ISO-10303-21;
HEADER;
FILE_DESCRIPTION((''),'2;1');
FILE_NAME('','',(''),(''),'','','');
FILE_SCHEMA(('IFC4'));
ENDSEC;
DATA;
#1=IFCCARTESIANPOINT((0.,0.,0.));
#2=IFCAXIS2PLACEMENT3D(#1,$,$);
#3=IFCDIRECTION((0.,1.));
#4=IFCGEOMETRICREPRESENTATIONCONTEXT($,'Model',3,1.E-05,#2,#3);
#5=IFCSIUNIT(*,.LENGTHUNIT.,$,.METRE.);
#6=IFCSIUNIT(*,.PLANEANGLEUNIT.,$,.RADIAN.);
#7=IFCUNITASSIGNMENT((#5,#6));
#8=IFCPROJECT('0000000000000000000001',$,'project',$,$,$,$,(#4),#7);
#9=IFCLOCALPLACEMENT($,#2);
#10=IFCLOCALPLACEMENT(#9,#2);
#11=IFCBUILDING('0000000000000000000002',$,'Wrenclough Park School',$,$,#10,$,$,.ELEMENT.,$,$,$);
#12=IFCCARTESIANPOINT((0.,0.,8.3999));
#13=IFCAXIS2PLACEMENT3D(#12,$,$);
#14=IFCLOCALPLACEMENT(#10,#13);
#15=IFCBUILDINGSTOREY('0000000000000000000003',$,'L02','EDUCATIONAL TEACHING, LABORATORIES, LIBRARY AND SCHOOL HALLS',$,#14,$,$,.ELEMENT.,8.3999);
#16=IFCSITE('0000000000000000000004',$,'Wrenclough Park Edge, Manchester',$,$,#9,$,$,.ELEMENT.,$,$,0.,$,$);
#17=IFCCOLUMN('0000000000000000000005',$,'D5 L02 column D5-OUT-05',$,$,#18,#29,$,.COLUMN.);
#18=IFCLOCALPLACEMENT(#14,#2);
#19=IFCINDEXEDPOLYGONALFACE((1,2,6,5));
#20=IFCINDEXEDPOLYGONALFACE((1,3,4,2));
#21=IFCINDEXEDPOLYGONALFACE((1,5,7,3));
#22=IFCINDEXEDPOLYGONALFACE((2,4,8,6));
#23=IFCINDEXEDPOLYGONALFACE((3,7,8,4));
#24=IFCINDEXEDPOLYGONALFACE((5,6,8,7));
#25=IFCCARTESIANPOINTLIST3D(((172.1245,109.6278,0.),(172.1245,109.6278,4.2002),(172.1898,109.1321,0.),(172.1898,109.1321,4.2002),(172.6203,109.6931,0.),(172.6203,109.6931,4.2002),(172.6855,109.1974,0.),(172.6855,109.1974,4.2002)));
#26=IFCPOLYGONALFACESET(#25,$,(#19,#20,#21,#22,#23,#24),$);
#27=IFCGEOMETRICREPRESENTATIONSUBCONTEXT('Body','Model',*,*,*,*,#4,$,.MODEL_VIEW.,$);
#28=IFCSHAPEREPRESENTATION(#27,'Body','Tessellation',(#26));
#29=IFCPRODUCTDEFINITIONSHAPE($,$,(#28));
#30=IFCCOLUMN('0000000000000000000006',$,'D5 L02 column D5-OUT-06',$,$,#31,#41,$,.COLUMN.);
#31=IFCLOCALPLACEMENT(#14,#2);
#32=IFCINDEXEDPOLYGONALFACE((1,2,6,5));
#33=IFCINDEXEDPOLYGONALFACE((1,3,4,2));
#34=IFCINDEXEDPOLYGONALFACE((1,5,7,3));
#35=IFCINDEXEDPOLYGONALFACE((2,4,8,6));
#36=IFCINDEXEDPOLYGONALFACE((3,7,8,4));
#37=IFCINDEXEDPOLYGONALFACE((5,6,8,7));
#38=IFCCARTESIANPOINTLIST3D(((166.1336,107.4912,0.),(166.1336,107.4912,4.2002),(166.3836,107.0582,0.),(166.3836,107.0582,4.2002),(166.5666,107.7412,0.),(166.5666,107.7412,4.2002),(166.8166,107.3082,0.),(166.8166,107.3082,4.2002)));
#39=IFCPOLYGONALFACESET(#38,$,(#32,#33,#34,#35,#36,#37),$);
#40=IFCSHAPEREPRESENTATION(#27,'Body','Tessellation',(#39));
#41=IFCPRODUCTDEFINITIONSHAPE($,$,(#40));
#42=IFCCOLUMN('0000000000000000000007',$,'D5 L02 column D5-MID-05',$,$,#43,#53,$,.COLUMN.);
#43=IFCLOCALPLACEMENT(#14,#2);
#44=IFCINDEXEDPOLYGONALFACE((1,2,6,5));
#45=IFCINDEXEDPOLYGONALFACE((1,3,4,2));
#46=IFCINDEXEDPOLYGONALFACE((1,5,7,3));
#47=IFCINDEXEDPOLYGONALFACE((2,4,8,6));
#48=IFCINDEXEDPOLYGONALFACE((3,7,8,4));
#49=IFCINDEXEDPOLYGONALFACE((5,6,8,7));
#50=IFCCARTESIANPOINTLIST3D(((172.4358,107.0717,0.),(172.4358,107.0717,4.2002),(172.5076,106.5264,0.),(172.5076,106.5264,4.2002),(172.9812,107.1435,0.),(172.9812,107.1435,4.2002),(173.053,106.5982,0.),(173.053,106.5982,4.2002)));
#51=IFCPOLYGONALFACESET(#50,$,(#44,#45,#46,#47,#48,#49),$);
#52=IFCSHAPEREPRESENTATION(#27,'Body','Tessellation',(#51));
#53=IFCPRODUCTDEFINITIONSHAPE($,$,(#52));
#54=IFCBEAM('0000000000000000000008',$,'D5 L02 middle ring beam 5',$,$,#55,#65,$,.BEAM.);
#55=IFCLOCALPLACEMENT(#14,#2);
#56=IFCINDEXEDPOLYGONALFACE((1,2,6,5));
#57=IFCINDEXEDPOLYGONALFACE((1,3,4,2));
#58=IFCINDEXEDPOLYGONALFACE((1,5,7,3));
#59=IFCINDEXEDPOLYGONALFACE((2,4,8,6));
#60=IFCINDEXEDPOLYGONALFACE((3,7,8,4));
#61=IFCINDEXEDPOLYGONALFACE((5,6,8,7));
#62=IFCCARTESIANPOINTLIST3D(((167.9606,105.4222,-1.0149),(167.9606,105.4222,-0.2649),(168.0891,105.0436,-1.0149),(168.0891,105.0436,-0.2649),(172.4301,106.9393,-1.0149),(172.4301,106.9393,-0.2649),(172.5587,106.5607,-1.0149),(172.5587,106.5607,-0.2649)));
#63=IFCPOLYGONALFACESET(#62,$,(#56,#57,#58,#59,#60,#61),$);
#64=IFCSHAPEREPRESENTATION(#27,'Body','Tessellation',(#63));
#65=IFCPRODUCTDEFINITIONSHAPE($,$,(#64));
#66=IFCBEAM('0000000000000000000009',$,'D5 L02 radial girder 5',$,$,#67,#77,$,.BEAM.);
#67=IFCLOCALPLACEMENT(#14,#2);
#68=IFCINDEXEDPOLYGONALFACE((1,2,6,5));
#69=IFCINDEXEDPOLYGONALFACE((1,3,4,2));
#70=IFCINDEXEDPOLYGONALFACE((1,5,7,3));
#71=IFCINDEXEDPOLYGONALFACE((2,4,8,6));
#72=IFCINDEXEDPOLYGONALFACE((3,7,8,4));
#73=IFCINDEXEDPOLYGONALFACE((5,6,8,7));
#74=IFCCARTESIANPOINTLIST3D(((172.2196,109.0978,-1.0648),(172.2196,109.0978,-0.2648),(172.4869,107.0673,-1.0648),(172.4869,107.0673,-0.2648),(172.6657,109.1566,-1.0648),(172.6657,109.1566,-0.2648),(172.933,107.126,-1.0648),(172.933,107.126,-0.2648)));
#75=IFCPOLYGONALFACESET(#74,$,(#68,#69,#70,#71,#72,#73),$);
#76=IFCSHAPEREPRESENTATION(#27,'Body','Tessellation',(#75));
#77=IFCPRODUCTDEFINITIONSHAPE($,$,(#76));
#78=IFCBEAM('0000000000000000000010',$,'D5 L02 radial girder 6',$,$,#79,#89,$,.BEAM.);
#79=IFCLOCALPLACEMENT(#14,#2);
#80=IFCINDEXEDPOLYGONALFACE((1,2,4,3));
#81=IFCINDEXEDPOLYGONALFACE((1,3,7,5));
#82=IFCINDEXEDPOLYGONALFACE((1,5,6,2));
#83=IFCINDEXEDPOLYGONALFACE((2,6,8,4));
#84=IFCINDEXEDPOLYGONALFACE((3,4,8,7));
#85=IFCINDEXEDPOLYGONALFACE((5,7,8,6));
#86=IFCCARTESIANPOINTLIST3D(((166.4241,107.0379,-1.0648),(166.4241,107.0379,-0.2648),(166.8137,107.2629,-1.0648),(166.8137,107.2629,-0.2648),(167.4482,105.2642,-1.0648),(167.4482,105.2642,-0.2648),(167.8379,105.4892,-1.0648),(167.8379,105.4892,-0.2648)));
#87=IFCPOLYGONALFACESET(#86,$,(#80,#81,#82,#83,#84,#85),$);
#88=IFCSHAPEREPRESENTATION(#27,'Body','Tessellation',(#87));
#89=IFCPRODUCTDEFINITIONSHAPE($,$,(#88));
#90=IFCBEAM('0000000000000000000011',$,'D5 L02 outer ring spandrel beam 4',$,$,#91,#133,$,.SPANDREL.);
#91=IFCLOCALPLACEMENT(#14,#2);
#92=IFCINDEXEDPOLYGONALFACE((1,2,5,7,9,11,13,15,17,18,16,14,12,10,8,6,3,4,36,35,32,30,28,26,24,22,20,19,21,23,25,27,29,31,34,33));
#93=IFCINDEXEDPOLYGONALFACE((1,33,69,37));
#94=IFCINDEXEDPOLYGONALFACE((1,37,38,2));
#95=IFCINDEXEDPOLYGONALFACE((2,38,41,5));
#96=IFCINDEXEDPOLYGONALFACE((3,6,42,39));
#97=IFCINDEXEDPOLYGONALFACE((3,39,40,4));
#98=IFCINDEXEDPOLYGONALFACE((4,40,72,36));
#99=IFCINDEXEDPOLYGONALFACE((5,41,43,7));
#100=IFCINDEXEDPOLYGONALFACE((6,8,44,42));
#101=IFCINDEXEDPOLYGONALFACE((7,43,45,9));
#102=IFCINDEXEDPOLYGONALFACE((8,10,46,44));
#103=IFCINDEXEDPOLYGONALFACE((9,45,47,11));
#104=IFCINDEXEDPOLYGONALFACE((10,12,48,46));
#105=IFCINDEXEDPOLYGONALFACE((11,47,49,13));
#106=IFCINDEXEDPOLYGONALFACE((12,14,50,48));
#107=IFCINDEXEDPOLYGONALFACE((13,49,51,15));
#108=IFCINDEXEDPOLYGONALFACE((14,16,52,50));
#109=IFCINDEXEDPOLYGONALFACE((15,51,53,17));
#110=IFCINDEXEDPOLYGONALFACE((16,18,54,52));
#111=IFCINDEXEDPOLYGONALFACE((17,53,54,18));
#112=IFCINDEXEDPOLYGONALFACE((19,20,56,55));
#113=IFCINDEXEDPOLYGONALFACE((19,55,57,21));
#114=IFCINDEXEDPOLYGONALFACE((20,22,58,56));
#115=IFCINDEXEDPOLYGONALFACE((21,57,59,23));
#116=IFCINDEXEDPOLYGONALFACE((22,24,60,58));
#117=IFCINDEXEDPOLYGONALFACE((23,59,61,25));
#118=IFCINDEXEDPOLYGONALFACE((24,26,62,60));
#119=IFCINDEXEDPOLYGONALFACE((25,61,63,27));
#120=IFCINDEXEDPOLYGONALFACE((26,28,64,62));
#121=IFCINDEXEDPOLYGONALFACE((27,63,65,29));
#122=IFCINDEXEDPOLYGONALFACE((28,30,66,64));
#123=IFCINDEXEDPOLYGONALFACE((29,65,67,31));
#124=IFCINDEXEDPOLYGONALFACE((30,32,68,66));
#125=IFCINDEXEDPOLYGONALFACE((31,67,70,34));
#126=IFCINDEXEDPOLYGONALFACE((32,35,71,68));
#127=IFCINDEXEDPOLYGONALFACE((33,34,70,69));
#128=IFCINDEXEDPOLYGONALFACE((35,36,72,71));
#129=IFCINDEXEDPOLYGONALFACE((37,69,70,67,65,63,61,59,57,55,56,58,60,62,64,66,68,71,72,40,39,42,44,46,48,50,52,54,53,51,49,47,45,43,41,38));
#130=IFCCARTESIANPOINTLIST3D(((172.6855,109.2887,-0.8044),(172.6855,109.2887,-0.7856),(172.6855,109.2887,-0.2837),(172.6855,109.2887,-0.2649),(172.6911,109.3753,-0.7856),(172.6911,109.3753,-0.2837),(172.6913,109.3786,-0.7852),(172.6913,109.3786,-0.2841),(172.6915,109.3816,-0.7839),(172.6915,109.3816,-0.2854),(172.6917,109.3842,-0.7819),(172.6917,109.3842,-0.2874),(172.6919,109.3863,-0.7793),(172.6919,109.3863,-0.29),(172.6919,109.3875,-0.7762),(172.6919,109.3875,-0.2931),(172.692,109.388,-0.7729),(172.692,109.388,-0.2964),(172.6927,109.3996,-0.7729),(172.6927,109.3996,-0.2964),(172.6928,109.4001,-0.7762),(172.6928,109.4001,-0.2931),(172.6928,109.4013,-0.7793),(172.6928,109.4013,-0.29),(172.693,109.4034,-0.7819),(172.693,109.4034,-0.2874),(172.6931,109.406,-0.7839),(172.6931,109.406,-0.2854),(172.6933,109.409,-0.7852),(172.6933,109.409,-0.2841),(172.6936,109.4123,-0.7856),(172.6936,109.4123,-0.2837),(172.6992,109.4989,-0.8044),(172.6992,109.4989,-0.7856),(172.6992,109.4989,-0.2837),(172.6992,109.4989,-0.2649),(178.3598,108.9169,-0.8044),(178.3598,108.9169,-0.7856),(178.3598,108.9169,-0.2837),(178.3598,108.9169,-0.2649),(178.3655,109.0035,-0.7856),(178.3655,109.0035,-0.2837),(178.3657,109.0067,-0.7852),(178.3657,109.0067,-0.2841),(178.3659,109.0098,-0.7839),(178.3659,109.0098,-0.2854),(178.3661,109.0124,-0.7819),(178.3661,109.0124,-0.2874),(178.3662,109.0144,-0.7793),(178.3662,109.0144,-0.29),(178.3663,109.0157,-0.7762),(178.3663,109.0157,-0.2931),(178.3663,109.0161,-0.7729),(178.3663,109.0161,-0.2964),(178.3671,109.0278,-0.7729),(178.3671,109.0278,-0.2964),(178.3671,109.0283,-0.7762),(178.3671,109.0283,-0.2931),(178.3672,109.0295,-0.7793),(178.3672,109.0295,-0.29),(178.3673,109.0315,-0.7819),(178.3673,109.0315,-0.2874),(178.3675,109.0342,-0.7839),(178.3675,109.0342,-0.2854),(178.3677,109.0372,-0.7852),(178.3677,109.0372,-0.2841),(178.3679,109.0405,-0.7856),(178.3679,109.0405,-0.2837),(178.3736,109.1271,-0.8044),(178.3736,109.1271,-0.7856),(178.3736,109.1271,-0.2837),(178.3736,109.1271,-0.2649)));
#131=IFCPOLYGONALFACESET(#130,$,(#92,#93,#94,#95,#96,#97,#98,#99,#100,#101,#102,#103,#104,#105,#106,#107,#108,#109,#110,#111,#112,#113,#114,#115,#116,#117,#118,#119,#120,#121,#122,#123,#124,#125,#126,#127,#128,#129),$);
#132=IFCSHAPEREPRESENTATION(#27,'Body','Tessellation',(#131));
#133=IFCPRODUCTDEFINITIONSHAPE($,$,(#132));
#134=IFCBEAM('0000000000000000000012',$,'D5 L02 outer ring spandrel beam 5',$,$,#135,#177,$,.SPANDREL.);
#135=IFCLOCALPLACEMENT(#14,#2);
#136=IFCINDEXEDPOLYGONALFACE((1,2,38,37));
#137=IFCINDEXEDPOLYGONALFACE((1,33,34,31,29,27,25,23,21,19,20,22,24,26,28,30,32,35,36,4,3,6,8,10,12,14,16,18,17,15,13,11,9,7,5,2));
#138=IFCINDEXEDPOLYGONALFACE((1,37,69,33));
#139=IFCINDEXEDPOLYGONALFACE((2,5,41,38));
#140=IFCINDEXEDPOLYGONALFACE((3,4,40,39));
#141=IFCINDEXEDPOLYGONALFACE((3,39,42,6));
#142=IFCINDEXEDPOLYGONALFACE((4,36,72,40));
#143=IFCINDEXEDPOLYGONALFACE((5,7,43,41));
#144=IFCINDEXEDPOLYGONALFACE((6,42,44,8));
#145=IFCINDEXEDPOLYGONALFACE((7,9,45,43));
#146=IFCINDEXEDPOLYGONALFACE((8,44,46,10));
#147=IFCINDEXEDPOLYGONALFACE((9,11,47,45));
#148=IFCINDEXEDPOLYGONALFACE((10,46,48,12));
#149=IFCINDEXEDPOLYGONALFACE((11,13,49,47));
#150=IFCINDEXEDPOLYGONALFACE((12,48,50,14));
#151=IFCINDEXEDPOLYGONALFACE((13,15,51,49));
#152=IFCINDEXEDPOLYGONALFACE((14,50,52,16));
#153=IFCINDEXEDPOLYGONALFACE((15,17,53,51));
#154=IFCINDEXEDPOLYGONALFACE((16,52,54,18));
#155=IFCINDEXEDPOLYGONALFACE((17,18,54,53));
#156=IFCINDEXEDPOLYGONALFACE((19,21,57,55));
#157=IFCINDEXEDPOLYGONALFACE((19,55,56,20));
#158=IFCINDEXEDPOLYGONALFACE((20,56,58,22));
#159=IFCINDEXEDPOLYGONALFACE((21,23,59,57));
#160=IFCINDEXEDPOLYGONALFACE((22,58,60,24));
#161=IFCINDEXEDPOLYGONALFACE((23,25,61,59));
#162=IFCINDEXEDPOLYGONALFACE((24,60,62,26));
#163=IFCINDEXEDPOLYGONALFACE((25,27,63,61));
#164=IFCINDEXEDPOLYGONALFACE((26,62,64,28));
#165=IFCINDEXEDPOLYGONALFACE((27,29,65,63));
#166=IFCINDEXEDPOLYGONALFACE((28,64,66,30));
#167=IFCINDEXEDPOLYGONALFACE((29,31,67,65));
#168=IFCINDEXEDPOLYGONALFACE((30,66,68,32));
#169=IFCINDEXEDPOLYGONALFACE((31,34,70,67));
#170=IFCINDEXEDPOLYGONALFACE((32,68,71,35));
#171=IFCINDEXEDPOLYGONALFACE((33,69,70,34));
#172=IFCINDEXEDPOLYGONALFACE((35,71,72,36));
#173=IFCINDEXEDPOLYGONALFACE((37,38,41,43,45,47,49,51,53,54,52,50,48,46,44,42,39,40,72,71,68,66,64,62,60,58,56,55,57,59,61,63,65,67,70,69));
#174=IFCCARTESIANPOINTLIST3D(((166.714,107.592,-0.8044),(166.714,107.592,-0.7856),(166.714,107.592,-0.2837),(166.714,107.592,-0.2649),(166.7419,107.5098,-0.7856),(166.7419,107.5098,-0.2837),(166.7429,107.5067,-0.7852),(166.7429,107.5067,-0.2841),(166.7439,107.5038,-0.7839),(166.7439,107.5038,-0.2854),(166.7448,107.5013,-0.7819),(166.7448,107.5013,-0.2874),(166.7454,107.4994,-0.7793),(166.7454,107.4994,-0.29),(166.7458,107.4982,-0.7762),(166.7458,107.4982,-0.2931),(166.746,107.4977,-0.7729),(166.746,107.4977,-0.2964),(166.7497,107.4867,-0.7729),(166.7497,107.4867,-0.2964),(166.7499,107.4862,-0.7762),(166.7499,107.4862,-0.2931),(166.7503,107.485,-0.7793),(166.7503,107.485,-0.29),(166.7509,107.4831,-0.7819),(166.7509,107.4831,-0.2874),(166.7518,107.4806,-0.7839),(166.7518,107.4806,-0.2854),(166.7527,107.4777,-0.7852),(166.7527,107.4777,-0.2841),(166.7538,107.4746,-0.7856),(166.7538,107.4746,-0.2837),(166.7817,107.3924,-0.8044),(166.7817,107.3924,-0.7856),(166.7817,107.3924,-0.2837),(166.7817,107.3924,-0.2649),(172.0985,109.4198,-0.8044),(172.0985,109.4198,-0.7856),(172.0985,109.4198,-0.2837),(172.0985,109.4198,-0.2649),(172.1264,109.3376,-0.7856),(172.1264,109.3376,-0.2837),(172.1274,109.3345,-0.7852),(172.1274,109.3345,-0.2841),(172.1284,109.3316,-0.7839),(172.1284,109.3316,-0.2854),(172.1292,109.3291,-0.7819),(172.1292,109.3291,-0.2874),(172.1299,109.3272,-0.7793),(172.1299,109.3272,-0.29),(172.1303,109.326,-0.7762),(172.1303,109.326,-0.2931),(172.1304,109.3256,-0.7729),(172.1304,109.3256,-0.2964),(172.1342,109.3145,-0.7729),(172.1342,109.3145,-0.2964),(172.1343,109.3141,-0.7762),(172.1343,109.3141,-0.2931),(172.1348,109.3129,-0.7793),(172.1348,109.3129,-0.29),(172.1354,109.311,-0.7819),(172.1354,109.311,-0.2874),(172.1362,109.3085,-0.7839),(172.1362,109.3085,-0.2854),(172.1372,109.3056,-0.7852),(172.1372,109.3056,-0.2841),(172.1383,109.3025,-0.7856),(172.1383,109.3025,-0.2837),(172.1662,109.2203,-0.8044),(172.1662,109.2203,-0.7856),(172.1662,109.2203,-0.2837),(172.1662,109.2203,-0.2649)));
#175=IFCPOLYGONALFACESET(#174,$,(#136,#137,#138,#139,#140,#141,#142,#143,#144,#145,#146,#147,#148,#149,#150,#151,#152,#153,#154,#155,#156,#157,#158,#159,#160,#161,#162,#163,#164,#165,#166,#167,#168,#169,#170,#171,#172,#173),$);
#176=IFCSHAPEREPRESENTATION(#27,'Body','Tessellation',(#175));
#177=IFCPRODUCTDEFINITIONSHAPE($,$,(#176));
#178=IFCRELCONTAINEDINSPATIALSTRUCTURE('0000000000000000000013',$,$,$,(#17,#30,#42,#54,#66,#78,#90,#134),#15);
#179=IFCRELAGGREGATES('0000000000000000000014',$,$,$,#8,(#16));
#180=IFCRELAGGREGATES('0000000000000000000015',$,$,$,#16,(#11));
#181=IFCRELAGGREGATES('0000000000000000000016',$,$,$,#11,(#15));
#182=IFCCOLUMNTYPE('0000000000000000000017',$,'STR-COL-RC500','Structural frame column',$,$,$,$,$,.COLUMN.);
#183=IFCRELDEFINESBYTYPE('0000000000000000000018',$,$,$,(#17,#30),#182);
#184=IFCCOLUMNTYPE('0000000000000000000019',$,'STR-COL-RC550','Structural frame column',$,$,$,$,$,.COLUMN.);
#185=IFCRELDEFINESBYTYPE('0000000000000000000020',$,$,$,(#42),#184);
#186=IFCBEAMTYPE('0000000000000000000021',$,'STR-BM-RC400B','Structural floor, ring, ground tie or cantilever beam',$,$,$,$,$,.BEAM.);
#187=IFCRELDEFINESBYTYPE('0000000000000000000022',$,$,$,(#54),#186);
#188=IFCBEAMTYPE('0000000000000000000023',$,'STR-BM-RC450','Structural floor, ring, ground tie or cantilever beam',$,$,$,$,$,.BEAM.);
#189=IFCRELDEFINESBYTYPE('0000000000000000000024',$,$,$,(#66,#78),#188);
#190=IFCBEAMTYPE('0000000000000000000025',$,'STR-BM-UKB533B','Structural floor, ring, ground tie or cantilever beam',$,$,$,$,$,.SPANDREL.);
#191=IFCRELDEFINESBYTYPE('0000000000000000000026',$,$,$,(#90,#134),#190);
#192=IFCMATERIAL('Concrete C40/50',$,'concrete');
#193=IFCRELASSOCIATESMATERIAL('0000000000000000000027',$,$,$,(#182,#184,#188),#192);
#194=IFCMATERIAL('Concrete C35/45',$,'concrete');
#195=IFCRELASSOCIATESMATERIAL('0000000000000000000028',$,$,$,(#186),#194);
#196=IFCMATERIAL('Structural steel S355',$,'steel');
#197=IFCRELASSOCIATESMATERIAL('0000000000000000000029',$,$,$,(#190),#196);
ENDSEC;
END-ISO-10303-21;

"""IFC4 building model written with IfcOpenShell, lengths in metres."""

from ifc_helpers import new_model, si_unit, direction, frame, origin, origin_2d, place, context, subcontext, project, spatial, rectangle, i_section, extrude, material, material_profile, profile_set, type_object, element, save


model = new_model("IFC4")

# Units and contexts
model_context = context("Model", 3, precision=1e-05, world=origin(), true_north=direction((0.0, 1.0)))
body_context = subcontext(model_context, "Body", "Model", "MODEL_VIEW")
ifc_project = project(units=[si_unit("LENGTHUNIT", "METRE"), si_unit("PLANEANGLEUNIT", "RADIAN")], contexts=[model_context])

# Site, building, storey
site_placement = place(None, origin())
site = spatial("IfcSite", under=ifc_project, at=site_placement, Name="Wrenclough Park Edge, Manchester", CompositionType="ELEMENT", RefElevation=0.0)
building_placement = place(site_placement, origin())
building = spatial("IfcBuilding", under=site, at=building_placement, Name="Wrenclough Park School", CompositionType="ELEMENT")
storey_placement = place(building_placement, frame((0.0, 0.0, 8.3999)))
storey = spatial("IfcBuildingStorey", under=building, at=storey_placement, Name="L02", Description="EDUCATIONAL TEACHING, LABORATORIES, LIBRARY AND SCHOOL HALLS", CompositionType="ELEMENT", Elevation=8.3999)

# Columns
ifc_material_1 = material(Name="Concrete C40/50", Category="concrete")
ifc_material_profile_1 = material_profile(ifc_material_1, rectangle(XDim=0.5, YDim=0.5, at=origin_2d()), Name="RC COL 500x500")
ifc_profile_set_1 = profile_set([ifc_material_profile_1], Name="Concrete C40/50")
column_type_1 = type_object("IfcColumnType", Name="STR-COL-RC500", Description="Structural frame column", PredefinedType="COLUMN", material=ifc_profile_set_1)
for number, where, z_axis, x_axis, name in (
    (1, (172.405, 109.4126, 0.0), (0.0, 0.0, 1.0), (-0.991445, -0.130526, 0.0), "D5 L02 column D5-OUT-05"),
    (2, (166.4751, 107.3997, 0.0), (0.0, 0.0, 1.0), (-0.866025, -0.5, 0.0), "D5 L02 column D5-OUT-06"),
):
    element("IfcColumn", number, at=place(storey_placement, frame(where, z_axis=z_axis, x_axis=x_axis)), inside=storey, type_object=column_type_1, Name=name, PredefinedType="COLUMN", context=body_context, shape_type="SweptSolid", body=[
        extrude(rectangle(XDim=0.5, YDim=0.5, at=origin_2d()), origin(), (0.0, 0.0, 1.0), 4.2002),
    ])
ifc_material_profile_2 = material_profile(ifc_material_1, rectangle(XDim=0.55, YDim=0.55, at=origin_2d()), Name="RC COL 550x550")
ifc_profile_set_2 = profile_set([ifc_material_profile_2], Name="Concrete C40/50")
column_type_2 = type_object("IfcColumnType", Name="STR-COL-RC550", Description="Structural frame column", PredefinedType="COLUMN", material=ifc_profile_set_2)
column_placement = place(storey_placement, frame((172.7444, 106.835, 0.0), z_axis=(0.0, 0.0, 1.0), x_axis=(-0.991445, -0.130526, 0.0)))
element("IfcColumn", 3, at=column_placement, inside=storey, type_object=column_type_2, Name="D5 L02 column D5-MID-05", PredefinedType="COLUMN", context=body_context, shape_type="SweptSolid", body=[
    extrude(rectangle(XDim=0.55, YDim=0.55, at=origin_2d()), origin(), (0.0, 0.0, 1.0), 4.2002),
])

# Beams
ifc_material_2 = material(Name="Concrete C35/45", Category="concrete")
ifc_material_profile_3 = material_profile(ifc_material_2, rectangle(XDim=0.3999, YDim=0.75, at=origin_2d()), Name="RC BEAM 400x750")
ifc_profile_set_3 = profile_set([ifc_material_profile_3], Name="Concrete C35/45")
beam_type_1 = type_object("IfcBeamType", Name="STR-BM-RC400B", Description="Structural floor, ring, ground tie or cantilever beam", PredefinedType="BEAM", material=ifc_profile_set_3)
beam_1_placement = place(storey_placement, frame((172.4944, 106.75, -0.6399), z_axis=(-0.946936, -0.321421, 0.0), x_axis=(0.321421, -0.946936, 0.0)))
element("IfcBeam", 4, at=beam_1_placement, inside=storey, type_object=beam_type_1, Name="D5 L02 middle ring beam 5", PredefinedType="BEAM", context=body_context, shape_type="SweptSolid", body=[
    extrude(rectangle(XDim=0.3999, YDim=0.75, at=origin_2d()), origin(), (0.0, 0.0, 1.0), 4.72),
])
ifc_material_profile_4 = material_profile(ifc_material_1, rectangle(XDim=0.45, YDim=0.8, at=origin_2d()), Name="RC BEAM 450x800")
ifc_profile_set_4 = profile_set([ifc_material_profile_4], Name="Concrete C40/50")
beam_type_2 = type_object("IfcBeamType", Name="STR-BM-RC450", Description="Structural floor, ring, ground tie or cantilever beam", PredefinedType="BEAM", material=ifc_profile_set_4)
for number, where, z_axis, x_axis, name in (
    (5, (172.4426, 109.1272, -0.6648), (0.130532, -0.991444, 0.0), (0.991444, 0.130532, 0.0), "D5 L02 radial girder 5"),
    (6, (166.6189, 107.1504, -0.6648), (0.500049, -0.865997, 0.0), (0.865997, 0.500049, 0.0), "D5 L02 radial girder 6"),
):
    element("IfcBeam", number, at=place(storey_placement, frame(where, z_axis=z_axis, x_axis=x_axis)), inside=storey, type_object=beam_type_2, Name=name, PredefinedType="BEAM", context=body_context, shape_type="SweptSolid", body=[
        extrude(rectangle(XDim=0.45, YDim=0.8, at=origin_2d()), origin(), (0.0, 0.0, 1.0), 2.0481),
    ])
ifc_material_3 = material(Name="Structural steel S355", Category="steel")
ifc_material_profile_5 = material_profile(ifc_material_3, i_section(OverallWidth=0.2107, OverallDepth=0.5396, WebThickness=0.0117, FlangeThickness=0.0188, FilletRadius=0.0127, at=origin_2d()), Name="UKB 533x210x109")
ifc_profile_set_5 = profile_set([ifc_material_profile_5], Name="Structural steel S355")
beam_type_3 = type_object("IfcBeamType", Name="STR-BM-UKB533B", Description="Structural floor, ring, ground tie or cantilever beam", PredefinedType="SPANDREL", material=ifc_profile_set_5)
beam_2_placement = place(storey_placement, frame((178.3667, 109.022, -0.5347), z_axis=(-0.99786, 0.065388, 0.0), x_axis=(-0.065388, -0.99786, 0.0)))
element("IfcBeam", 7, at=beam_2_placement, inside=storey, type_object=beam_type_3, Name="D5 L02 outer ring spandrel beam 4", PredefinedType="SPANDREL", context=body_context, shape_type="SweptSolid", body=[
    extrude(i_section(OverallWidth=0.2107, OverallDepth=0.5396, WebThickness=0.0117, FlangeThickness=0.0188, FilletRadius=0.0127, at=origin_2d()), origin(), (0.0, 0.0, 1.0), 5.6865),
])
beam_3_placement = place(storey_placement, frame((172.1323, 109.3201, -0.5347), z_axis=(-0.946926, -0.321452, 0.0), x_axis=(0.321452, -0.946926, 0.0)))
element("IfcBeam", 8, at=beam_3_placement, inside=storey, type_object=beam_type_3, Name="D5 L02 outer ring spandrel beam 5", PredefinedType="SPANDREL", context=body_context, shape_type="SweptSolid", body=[
    extrude(i_section(OverallWidth=0.2107, OverallDepth=0.5396, WebThickness=0.0117, FlangeThickness=0.0188, FilletRadius=0.0127, at=origin_2d()), origin(), (0.0, 0.0, 1.0), 5.6863),
])

save(model, "model.ifc")
